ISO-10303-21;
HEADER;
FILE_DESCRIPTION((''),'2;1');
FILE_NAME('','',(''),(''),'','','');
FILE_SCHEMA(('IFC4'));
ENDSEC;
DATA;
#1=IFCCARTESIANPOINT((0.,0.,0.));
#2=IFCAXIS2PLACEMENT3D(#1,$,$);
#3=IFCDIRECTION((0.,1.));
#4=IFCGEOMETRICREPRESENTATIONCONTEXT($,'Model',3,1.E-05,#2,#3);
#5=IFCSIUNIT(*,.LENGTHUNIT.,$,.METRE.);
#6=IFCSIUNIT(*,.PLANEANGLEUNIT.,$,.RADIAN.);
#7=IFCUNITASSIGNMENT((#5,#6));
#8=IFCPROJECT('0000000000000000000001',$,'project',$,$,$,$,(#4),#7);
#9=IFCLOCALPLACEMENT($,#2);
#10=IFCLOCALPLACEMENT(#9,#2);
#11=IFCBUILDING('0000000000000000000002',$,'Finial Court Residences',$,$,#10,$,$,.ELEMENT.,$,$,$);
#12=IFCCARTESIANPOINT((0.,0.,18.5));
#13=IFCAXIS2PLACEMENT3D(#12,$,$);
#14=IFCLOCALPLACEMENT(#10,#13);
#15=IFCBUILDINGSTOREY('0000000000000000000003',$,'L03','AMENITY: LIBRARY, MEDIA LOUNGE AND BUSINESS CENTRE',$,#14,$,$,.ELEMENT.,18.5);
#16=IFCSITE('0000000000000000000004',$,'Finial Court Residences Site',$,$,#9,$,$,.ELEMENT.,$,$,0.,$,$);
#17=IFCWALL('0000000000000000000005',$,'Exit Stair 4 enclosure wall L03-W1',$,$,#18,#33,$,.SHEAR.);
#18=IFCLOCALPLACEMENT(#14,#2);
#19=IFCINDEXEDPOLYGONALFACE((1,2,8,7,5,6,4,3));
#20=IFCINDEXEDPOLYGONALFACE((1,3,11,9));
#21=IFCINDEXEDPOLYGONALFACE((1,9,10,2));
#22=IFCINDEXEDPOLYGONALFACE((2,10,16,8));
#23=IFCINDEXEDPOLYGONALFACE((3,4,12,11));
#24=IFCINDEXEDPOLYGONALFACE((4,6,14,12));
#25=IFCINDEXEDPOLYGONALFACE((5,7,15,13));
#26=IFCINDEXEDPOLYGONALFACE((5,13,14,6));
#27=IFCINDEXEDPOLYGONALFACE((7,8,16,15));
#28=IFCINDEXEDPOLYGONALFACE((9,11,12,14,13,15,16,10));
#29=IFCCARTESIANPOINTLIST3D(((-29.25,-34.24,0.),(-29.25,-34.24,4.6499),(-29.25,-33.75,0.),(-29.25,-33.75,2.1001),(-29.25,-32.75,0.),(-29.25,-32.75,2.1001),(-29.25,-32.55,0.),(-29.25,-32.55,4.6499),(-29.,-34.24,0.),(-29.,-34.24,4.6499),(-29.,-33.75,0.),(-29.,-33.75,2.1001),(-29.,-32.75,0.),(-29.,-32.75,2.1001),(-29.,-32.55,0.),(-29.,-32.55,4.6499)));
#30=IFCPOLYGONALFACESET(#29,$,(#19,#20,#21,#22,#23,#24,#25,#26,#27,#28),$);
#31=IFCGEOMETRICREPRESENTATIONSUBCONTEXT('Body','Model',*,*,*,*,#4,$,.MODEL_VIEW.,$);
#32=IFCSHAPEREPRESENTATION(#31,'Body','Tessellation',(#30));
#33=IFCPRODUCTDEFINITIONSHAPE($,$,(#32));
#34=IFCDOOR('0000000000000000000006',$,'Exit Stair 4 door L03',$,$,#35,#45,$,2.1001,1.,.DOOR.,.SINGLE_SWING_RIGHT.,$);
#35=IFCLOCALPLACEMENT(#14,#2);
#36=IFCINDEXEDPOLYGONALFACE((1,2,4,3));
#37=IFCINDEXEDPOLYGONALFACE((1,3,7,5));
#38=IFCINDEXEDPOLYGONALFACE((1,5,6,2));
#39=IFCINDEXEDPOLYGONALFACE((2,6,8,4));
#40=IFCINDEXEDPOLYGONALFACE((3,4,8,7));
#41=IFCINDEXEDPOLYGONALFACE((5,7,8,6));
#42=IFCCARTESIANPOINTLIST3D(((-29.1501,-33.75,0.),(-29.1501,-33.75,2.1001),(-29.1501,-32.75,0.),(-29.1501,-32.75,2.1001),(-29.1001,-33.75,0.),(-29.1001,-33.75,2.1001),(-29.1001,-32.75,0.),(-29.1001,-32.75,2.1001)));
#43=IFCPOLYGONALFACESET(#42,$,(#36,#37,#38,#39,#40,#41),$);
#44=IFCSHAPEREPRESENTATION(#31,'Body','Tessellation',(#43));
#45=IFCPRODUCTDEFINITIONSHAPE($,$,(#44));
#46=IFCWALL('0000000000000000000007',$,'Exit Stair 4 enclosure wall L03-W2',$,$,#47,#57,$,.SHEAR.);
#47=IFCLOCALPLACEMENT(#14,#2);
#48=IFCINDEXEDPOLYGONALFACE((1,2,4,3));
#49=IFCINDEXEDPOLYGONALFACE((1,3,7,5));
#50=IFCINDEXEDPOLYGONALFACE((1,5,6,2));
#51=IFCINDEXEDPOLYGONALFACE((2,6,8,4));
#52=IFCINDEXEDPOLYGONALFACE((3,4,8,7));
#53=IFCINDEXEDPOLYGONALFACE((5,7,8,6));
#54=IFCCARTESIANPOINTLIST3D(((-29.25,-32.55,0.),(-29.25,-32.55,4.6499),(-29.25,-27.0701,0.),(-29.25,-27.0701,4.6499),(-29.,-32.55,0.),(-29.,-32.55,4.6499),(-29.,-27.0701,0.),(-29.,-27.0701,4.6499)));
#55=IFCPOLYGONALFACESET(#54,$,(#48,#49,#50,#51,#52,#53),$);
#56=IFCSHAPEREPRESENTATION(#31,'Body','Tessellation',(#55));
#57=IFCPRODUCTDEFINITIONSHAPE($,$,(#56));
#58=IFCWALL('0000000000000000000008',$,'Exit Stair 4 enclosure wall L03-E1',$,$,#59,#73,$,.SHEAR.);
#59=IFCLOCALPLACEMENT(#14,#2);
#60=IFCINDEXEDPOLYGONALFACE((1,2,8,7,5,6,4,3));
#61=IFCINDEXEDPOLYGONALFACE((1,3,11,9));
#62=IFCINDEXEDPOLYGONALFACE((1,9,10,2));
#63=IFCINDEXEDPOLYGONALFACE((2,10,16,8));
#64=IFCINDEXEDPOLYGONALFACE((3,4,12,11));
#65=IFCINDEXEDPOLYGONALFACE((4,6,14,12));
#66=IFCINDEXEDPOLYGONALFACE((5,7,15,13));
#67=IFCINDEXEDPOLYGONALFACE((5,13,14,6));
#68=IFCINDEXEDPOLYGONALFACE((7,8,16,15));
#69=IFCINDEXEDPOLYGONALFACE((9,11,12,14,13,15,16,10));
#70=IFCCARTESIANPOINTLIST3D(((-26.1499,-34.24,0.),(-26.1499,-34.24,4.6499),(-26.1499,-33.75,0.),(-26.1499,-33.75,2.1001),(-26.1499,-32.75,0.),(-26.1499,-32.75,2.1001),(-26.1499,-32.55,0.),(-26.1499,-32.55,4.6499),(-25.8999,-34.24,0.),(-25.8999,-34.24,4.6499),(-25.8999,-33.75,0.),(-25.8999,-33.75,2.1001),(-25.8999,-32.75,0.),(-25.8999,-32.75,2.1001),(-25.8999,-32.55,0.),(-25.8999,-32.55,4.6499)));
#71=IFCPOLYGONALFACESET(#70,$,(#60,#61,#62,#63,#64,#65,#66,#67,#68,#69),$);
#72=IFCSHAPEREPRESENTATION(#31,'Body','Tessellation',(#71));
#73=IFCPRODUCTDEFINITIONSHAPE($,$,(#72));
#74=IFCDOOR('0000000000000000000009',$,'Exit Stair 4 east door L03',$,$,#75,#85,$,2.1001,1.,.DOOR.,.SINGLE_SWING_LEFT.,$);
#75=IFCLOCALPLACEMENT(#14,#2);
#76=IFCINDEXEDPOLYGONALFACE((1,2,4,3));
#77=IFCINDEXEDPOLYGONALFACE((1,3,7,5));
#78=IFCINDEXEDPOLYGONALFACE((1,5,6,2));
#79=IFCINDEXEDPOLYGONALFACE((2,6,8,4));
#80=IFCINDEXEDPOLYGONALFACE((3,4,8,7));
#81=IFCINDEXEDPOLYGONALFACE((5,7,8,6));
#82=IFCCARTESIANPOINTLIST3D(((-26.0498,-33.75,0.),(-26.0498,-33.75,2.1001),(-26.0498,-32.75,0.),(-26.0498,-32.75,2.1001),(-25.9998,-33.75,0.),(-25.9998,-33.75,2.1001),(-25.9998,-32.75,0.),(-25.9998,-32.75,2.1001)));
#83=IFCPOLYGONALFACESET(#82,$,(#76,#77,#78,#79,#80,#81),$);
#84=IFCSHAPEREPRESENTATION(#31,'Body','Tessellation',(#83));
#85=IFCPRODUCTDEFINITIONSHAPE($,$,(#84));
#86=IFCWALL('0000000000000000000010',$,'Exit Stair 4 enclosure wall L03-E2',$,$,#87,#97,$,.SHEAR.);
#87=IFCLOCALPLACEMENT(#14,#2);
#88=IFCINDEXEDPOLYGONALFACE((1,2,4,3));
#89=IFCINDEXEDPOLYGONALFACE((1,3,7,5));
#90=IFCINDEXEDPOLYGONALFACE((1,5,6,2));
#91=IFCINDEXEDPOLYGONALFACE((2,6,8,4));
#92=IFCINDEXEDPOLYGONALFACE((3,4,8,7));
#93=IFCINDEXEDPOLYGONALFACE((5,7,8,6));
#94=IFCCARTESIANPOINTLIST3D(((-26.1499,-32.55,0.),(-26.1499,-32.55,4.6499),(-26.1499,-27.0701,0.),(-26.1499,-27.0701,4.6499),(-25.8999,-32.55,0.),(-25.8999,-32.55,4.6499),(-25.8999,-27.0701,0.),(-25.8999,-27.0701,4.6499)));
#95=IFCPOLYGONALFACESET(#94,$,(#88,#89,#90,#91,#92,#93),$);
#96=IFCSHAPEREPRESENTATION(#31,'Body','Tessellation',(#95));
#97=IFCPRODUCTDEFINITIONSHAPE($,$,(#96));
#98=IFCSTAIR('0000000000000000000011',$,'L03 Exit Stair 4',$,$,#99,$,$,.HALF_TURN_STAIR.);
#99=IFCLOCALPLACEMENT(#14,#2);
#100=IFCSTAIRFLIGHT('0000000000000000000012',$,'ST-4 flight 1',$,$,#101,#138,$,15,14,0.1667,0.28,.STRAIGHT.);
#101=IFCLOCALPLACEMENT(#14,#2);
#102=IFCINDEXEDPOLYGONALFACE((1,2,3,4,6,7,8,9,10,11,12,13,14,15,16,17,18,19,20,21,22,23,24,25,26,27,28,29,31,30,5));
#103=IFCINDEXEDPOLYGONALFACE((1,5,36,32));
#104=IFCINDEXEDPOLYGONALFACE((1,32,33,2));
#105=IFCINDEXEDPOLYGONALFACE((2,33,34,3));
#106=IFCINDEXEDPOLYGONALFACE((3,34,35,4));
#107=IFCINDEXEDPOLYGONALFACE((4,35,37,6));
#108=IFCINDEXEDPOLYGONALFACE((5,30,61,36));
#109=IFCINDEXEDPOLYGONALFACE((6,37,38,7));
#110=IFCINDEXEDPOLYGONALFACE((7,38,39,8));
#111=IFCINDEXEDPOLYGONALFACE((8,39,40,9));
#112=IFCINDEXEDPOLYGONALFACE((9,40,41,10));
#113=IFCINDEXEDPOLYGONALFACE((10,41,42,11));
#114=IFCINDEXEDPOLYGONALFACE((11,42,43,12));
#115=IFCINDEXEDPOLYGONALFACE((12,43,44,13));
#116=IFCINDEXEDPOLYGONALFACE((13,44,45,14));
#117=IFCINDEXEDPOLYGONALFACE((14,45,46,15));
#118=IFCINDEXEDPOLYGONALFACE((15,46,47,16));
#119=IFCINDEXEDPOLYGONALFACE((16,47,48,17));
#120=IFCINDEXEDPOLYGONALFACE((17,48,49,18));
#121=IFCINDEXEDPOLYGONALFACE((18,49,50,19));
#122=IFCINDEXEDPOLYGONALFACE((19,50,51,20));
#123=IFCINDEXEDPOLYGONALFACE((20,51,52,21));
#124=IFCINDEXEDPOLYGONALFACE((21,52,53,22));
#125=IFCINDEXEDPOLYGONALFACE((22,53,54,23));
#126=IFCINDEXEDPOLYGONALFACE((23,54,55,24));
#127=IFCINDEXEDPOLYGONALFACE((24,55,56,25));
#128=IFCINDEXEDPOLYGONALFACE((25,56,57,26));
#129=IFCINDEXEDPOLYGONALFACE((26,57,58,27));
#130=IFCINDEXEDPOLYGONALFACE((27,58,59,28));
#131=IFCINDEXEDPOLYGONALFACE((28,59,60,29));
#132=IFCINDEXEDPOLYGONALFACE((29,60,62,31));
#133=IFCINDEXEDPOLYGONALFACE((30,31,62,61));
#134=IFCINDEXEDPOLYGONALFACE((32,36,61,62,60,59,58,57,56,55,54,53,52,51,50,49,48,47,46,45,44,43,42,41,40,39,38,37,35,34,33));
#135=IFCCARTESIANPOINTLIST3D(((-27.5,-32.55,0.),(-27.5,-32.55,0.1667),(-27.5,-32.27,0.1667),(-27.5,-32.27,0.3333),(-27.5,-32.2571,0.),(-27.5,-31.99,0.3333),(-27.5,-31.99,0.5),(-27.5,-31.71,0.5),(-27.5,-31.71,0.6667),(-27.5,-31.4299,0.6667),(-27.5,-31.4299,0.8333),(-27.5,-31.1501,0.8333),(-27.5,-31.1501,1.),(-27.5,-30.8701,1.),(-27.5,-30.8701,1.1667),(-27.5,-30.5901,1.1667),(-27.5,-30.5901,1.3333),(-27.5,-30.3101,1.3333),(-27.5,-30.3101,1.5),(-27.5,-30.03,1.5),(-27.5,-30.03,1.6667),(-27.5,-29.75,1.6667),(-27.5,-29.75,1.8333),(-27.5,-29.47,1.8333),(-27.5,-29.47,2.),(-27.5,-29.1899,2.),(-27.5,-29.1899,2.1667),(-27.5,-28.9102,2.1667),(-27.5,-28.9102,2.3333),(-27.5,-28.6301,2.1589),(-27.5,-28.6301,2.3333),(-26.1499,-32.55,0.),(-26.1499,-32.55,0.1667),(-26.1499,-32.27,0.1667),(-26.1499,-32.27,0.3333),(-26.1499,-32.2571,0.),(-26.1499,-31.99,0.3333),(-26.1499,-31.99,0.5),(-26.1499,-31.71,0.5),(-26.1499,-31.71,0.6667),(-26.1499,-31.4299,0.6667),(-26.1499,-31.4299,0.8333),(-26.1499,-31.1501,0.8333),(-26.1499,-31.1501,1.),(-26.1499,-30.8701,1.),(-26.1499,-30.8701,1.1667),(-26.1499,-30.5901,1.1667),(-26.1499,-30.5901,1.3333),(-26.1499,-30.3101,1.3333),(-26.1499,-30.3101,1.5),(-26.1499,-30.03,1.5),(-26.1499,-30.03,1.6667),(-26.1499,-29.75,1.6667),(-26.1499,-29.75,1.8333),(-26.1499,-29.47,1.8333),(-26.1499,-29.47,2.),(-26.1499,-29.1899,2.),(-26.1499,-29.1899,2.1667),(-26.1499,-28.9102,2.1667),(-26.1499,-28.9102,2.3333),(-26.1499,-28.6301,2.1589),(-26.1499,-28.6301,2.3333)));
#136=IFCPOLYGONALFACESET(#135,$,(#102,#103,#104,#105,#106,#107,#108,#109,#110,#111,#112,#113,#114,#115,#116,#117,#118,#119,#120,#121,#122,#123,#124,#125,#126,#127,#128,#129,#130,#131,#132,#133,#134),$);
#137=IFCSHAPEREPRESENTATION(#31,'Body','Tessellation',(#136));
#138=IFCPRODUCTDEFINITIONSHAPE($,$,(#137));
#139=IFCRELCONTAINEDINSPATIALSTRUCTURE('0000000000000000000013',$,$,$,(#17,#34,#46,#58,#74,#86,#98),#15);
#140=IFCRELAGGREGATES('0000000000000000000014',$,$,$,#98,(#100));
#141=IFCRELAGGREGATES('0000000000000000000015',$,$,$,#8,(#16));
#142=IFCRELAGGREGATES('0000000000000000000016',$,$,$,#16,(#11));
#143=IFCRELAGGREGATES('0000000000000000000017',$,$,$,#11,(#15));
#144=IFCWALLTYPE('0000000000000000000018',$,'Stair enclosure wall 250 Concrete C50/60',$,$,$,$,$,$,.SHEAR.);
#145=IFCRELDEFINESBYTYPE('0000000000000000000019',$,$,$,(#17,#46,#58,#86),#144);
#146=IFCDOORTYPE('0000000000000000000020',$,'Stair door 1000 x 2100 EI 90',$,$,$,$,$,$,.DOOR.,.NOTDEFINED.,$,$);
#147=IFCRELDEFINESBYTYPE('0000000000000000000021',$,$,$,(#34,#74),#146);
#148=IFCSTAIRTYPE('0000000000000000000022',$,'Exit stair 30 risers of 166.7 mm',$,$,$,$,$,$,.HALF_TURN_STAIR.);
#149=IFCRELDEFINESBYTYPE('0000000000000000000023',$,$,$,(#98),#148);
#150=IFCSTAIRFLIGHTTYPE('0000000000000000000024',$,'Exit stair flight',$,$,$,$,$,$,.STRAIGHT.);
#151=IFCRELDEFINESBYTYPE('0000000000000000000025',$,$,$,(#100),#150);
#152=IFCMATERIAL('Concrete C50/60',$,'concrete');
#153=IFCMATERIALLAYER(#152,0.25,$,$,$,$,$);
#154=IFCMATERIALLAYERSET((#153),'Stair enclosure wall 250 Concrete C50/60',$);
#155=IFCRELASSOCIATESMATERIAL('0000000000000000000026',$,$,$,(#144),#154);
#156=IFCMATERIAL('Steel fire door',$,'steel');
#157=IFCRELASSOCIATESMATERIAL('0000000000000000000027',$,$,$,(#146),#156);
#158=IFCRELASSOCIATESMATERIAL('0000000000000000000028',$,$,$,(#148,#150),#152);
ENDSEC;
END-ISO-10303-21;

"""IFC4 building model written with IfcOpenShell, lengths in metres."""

from ifc_helpers import new_model, si_unit, direction, frame, frame_2d, origin, place, context, subcontext, project, spatial, polyline, rectangle, outline, extrude, material, layer, layer_set, type_object, element, fill, aggregate, save


model = new_model("IFC4")

# Units and contexts
model_context = context("Model", 3, precision=1e-05, world=origin(), true_north=direction((0.0, 1.0)))
body_context = subcontext(model_context, "Body", "Model", "MODEL_VIEW")
ifc_project = project(units=[si_unit("LENGTHUNIT", "METRE"), si_unit("PLANEANGLEUNIT", "RADIAN")], contexts=[model_context])

# Site, building, storey
site_placement = place(None, origin())
site = spatial("IfcSite", under=ifc_project, at=site_placement, Name="Finial Court Residences Site", CompositionType="ELEMENT", RefElevation=0.0)
building_placement = place(site_placement, origin())
building = spatial("IfcBuilding", under=site, at=building_placement, Name="Finial Court Residences", CompositionType="ELEMENT")
storey_placement = place(building_placement, frame((0.0, 0.0, 18.5)))
storey = spatial("IfcBuildingStorey", under=building, at=storey_placement, Name="L03", Description="AMENITY: LIBRARY, MEDIA LOUNGE AND BUSINESS CENTRE", CompositionType="ELEMENT", Elevation=18.5)

# Shared definitions
ifc_material_1 = material(Name="Concrete C50/60", Category="concrete")

# Wall, opening, door
ifc_layer_1 = layer(ifc_material_1, 0.25)
ifc_layer_set_1 = layer_set([ifc_layer_1], Name="Stair enclosure wall 250 Concrete C50/60")
wall_type_1 = type_object("IfcWallType", Name="Stair enclosure wall 250 Concrete C50/60", PredefinedType="SHEAR", material=ifc_layer_set_1)
wall_1_placement = place(storey_placement, frame((-29.125, -32.55, 0.0), z_axis=(0.0, 0.0, 1.0), x_axis=(0.0, -1.0, 0.0)))
wall_1 = element("IfcWall", 1, at=wall_1_placement, inside=storey, type_object=wall_type_1, Name="Exit Stair 4 enclosure wall L03-W1", PredefinedType="SHEAR", context=body_context, shape_type="SweptSolid", body=[
    extrude(rectangle(XDim=1.6899, YDim=0.25, at=frame_2d((0.845, 0.0))), origin(), (0.0, 0.0, 1.0), 4.6499),
])
opening_1_placement = place(wall_1_placement, frame((0.2, 0.0, 0.0)))
opening_1 = element("IfcOpeningElement", 2, at=opening_1_placement, cuts=wall_1, PredefinedType="OPENING", context=body_context, shape_type="SweptSolid", body=[
    extrude(rectangle(XDim=1.0, YDim=2.1001, at=frame_2d((0.5, 1.05))), frame((0.0, 0.135, 0.0), z_axis=(0.0, -1.0, 0.0), x_axis=(1.0, 0.0, 0.0)), (0.0, 0.0, 1.0), 0.27),
])
ifc_material_2 = material(Name="Steel fire door", Category="steel")
door_type_1 = type_object("IfcDoorType", Name="Stair door 1000 x 2100 EI 90", OperationType="NOTDEFINED", PredefinedType="DOOR", material=ifc_material_2)
door_1_placement = place(opening_1_placement, origin())
door_1 = element("IfcDoor", 3, at=door_1_placement, inside=storey, type_object=door_type_1, Name="Exit Stair 4 door L03", OperationType="SINGLE_SWING_RIGHT", OverallHeight=2.1001, OverallWidth=1.0, PredefinedType="DOOR", context=body_context, shape_type="SweptSolid", body=[
    extrude(rectangle(XDim=1.0, YDim=2.1001, at=frame_2d((0.5, 1.05))), frame((0.0, 0.0249, 0.0), z_axis=(0.0, -1.0, 0.0), x_axis=(1.0, 0.0, 0.0)), (0.0, 0.0, 1.0), 0.05),
])
fill(opening_1, door_1)

# Wall
wall_2_placement = place(storey_placement, frame((-29.125, -32.55, 0.0), z_axis=(0.0, 0.0, 1.0), x_axis=(0.0, 1.0, 0.0)))
element("IfcWall", 4, at=wall_2_placement, inside=storey, type_object=wall_type_1, Name="Exit Stair 4 enclosure wall L03-W2", PredefinedType="SHEAR", context=body_context, shape_type="SweptSolid", body=[
    extrude(rectangle(XDim=5.48, YDim=0.25, at=frame_2d((2.74, 0.0))), origin(), (0.0, 0.0, 1.0), 4.6499),
])

# Wall, opening, door
wall_3_placement = place(storey_placement, frame((-26.0249, -34.24, 0.0), z_axis=(0.0, 0.0, 1.0), x_axis=(0.0, 1.0, 0.0)))
wall_3 = element("IfcWall", 5, at=wall_3_placement, inside=storey, type_object=wall_type_1, Name="Exit Stair 4 enclosure wall L03-E1", PredefinedType="SHEAR", context=body_context, shape_type="SweptSolid", body=[
    extrude(rectangle(XDim=1.6899, YDim=0.25, at=frame_2d((0.845, 0.0))), origin(), (0.0, 0.0, 1.0), 4.6499),
])
opening_2_placement = place(wall_3_placement, frame((0.49, 0.0, 0.0)))
opening_2 = element("IfcOpeningElement", 6, at=opening_2_placement, cuts=wall_3, PredefinedType="OPENING", context=body_context, shape_type="SweptSolid", body=[
    extrude(rectangle(XDim=1.0, YDim=2.1001, at=frame_2d((0.5, 1.05))), frame((0.0, 0.135, 0.0), z_axis=(0.0, -1.0, 0.0), x_axis=(1.0, 0.0, 0.0)), (0.0, 0.0, 1.0), 0.27),
])
door_2_placement = place(opening_2_placement, origin())
door_2 = element("IfcDoor", 7, at=door_2_placement, inside=storey, type_object=door_type_1, Name="Exit Stair 4 east door L03", OperationType="SINGLE_SWING_LEFT", OverallHeight=2.1001, OverallWidth=1.0, PredefinedType="DOOR", context=body_context, shape_type="SweptSolid", body=[
    extrude(rectangle(XDim=1.0, YDim=2.1001, at=frame_2d((0.5, 1.05))), frame((0.0, 0.0249, 0.0), z_axis=(0.0, -1.0, 0.0), x_axis=(1.0, 0.0, 0.0)), (0.0, 0.0, 1.0), 0.05),
])
fill(opening_2, door_2)

# Wall
wall_4_placement = place(storey_placement, frame((-26.0249, -32.55, 0.0), z_axis=(0.0, 0.0, 1.0), x_axis=(0.0, 1.0, 0.0)))
element("IfcWall", 8, at=wall_4_placement, inside=storey, type_object=wall_type_1, Name="Exit Stair 4 enclosure wall L03-E2", PredefinedType="SHEAR", context=body_context, shape_type="SweptSolid", body=[
    extrude(rectangle(XDim=5.48, YDim=0.25, at=frame_2d((2.74, 0.0))), origin(), (0.0, 0.0, 1.0), 4.6499),
])

# Stair, stair flight
stair_type = type_object("IfcStairType", Name="Exit stair 30 risers of 166.7 mm", PredefinedType="HALF_TURN_STAIR", material=ifc_material_1)
stair_placement = place(storey_placement, origin())
stair = element("IfcStair", 9, at=stair_placement, inside=storey, type_object=stair_type, Name="L03 Exit Stair 4", PredefinedType="HALF_TURN_STAIR")
stair_flight_type = type_object("IfcStairFlightType", Name="Exit stair flight", PredefinedType="STRAIGHT", material=ifc_material_1)
stair_flight_placement = place(storey_placement, frame((-26.825, -32.55, 0.0), z_axis=(0.0, 0.0, 1.0), x_axis=(0.0, 1.0, 0.0)))
stair_flight = element("IfcStairFlight", 10, at=stair_flight_placement, type_object=stair_flight_type, Name="ST-4 flight 1", NumberOfRisers=15, NumberOfTreads=14, PredefinedType="STRAIGHT", RiserHeight=0.1667, TreadLength=0.28, context=body_context, shape_type="SweptSolid", body=[
    extrude(outline(polyline([(0.0, 0.0), (0.0, 0.1667), (0.28, 0.1667), (0.28, 0.3333), (0.5601, 0.3333), (0.5601, 0.5), (0.8401, 0.5), (0.8401, 0.6667), (1.1201, 0.6667), (1.1201, 0.8333), (1.3999, 0.8333), (1.3999, 1.0), (1.6799, 1.0), (1.6799, 1.1667), (1.96, 1.1667), (1.96, 1.3333), (2.24, 1.3333), (2.24, 1.5), (2.52, 1.5), (2.52, 1.6667), (2.8, 1.6667), (2.8, 1.8333), (3.0801, 1.8333), (3.0801, 2.0), (3.3601, 2.0), (3.3601, 2.1667), (3.6399, 2.1667), (3.6399, 2.3333), (3.9199, 2.3333), (3.9199, 2.5), (3.9199, 2.1589), (0.293, 0.0), (0.0, 0.0)])), frame((0.0, 0.675, 0.0), z_axis=(0.0, -1.0, 0.0), x_axis=(1.0, 0.0, 0.0)), (0.0, 0.0, 1.0), 1.3501),
])
aggregate(stair, [stair_flight])

save(model, "model.ifc")
